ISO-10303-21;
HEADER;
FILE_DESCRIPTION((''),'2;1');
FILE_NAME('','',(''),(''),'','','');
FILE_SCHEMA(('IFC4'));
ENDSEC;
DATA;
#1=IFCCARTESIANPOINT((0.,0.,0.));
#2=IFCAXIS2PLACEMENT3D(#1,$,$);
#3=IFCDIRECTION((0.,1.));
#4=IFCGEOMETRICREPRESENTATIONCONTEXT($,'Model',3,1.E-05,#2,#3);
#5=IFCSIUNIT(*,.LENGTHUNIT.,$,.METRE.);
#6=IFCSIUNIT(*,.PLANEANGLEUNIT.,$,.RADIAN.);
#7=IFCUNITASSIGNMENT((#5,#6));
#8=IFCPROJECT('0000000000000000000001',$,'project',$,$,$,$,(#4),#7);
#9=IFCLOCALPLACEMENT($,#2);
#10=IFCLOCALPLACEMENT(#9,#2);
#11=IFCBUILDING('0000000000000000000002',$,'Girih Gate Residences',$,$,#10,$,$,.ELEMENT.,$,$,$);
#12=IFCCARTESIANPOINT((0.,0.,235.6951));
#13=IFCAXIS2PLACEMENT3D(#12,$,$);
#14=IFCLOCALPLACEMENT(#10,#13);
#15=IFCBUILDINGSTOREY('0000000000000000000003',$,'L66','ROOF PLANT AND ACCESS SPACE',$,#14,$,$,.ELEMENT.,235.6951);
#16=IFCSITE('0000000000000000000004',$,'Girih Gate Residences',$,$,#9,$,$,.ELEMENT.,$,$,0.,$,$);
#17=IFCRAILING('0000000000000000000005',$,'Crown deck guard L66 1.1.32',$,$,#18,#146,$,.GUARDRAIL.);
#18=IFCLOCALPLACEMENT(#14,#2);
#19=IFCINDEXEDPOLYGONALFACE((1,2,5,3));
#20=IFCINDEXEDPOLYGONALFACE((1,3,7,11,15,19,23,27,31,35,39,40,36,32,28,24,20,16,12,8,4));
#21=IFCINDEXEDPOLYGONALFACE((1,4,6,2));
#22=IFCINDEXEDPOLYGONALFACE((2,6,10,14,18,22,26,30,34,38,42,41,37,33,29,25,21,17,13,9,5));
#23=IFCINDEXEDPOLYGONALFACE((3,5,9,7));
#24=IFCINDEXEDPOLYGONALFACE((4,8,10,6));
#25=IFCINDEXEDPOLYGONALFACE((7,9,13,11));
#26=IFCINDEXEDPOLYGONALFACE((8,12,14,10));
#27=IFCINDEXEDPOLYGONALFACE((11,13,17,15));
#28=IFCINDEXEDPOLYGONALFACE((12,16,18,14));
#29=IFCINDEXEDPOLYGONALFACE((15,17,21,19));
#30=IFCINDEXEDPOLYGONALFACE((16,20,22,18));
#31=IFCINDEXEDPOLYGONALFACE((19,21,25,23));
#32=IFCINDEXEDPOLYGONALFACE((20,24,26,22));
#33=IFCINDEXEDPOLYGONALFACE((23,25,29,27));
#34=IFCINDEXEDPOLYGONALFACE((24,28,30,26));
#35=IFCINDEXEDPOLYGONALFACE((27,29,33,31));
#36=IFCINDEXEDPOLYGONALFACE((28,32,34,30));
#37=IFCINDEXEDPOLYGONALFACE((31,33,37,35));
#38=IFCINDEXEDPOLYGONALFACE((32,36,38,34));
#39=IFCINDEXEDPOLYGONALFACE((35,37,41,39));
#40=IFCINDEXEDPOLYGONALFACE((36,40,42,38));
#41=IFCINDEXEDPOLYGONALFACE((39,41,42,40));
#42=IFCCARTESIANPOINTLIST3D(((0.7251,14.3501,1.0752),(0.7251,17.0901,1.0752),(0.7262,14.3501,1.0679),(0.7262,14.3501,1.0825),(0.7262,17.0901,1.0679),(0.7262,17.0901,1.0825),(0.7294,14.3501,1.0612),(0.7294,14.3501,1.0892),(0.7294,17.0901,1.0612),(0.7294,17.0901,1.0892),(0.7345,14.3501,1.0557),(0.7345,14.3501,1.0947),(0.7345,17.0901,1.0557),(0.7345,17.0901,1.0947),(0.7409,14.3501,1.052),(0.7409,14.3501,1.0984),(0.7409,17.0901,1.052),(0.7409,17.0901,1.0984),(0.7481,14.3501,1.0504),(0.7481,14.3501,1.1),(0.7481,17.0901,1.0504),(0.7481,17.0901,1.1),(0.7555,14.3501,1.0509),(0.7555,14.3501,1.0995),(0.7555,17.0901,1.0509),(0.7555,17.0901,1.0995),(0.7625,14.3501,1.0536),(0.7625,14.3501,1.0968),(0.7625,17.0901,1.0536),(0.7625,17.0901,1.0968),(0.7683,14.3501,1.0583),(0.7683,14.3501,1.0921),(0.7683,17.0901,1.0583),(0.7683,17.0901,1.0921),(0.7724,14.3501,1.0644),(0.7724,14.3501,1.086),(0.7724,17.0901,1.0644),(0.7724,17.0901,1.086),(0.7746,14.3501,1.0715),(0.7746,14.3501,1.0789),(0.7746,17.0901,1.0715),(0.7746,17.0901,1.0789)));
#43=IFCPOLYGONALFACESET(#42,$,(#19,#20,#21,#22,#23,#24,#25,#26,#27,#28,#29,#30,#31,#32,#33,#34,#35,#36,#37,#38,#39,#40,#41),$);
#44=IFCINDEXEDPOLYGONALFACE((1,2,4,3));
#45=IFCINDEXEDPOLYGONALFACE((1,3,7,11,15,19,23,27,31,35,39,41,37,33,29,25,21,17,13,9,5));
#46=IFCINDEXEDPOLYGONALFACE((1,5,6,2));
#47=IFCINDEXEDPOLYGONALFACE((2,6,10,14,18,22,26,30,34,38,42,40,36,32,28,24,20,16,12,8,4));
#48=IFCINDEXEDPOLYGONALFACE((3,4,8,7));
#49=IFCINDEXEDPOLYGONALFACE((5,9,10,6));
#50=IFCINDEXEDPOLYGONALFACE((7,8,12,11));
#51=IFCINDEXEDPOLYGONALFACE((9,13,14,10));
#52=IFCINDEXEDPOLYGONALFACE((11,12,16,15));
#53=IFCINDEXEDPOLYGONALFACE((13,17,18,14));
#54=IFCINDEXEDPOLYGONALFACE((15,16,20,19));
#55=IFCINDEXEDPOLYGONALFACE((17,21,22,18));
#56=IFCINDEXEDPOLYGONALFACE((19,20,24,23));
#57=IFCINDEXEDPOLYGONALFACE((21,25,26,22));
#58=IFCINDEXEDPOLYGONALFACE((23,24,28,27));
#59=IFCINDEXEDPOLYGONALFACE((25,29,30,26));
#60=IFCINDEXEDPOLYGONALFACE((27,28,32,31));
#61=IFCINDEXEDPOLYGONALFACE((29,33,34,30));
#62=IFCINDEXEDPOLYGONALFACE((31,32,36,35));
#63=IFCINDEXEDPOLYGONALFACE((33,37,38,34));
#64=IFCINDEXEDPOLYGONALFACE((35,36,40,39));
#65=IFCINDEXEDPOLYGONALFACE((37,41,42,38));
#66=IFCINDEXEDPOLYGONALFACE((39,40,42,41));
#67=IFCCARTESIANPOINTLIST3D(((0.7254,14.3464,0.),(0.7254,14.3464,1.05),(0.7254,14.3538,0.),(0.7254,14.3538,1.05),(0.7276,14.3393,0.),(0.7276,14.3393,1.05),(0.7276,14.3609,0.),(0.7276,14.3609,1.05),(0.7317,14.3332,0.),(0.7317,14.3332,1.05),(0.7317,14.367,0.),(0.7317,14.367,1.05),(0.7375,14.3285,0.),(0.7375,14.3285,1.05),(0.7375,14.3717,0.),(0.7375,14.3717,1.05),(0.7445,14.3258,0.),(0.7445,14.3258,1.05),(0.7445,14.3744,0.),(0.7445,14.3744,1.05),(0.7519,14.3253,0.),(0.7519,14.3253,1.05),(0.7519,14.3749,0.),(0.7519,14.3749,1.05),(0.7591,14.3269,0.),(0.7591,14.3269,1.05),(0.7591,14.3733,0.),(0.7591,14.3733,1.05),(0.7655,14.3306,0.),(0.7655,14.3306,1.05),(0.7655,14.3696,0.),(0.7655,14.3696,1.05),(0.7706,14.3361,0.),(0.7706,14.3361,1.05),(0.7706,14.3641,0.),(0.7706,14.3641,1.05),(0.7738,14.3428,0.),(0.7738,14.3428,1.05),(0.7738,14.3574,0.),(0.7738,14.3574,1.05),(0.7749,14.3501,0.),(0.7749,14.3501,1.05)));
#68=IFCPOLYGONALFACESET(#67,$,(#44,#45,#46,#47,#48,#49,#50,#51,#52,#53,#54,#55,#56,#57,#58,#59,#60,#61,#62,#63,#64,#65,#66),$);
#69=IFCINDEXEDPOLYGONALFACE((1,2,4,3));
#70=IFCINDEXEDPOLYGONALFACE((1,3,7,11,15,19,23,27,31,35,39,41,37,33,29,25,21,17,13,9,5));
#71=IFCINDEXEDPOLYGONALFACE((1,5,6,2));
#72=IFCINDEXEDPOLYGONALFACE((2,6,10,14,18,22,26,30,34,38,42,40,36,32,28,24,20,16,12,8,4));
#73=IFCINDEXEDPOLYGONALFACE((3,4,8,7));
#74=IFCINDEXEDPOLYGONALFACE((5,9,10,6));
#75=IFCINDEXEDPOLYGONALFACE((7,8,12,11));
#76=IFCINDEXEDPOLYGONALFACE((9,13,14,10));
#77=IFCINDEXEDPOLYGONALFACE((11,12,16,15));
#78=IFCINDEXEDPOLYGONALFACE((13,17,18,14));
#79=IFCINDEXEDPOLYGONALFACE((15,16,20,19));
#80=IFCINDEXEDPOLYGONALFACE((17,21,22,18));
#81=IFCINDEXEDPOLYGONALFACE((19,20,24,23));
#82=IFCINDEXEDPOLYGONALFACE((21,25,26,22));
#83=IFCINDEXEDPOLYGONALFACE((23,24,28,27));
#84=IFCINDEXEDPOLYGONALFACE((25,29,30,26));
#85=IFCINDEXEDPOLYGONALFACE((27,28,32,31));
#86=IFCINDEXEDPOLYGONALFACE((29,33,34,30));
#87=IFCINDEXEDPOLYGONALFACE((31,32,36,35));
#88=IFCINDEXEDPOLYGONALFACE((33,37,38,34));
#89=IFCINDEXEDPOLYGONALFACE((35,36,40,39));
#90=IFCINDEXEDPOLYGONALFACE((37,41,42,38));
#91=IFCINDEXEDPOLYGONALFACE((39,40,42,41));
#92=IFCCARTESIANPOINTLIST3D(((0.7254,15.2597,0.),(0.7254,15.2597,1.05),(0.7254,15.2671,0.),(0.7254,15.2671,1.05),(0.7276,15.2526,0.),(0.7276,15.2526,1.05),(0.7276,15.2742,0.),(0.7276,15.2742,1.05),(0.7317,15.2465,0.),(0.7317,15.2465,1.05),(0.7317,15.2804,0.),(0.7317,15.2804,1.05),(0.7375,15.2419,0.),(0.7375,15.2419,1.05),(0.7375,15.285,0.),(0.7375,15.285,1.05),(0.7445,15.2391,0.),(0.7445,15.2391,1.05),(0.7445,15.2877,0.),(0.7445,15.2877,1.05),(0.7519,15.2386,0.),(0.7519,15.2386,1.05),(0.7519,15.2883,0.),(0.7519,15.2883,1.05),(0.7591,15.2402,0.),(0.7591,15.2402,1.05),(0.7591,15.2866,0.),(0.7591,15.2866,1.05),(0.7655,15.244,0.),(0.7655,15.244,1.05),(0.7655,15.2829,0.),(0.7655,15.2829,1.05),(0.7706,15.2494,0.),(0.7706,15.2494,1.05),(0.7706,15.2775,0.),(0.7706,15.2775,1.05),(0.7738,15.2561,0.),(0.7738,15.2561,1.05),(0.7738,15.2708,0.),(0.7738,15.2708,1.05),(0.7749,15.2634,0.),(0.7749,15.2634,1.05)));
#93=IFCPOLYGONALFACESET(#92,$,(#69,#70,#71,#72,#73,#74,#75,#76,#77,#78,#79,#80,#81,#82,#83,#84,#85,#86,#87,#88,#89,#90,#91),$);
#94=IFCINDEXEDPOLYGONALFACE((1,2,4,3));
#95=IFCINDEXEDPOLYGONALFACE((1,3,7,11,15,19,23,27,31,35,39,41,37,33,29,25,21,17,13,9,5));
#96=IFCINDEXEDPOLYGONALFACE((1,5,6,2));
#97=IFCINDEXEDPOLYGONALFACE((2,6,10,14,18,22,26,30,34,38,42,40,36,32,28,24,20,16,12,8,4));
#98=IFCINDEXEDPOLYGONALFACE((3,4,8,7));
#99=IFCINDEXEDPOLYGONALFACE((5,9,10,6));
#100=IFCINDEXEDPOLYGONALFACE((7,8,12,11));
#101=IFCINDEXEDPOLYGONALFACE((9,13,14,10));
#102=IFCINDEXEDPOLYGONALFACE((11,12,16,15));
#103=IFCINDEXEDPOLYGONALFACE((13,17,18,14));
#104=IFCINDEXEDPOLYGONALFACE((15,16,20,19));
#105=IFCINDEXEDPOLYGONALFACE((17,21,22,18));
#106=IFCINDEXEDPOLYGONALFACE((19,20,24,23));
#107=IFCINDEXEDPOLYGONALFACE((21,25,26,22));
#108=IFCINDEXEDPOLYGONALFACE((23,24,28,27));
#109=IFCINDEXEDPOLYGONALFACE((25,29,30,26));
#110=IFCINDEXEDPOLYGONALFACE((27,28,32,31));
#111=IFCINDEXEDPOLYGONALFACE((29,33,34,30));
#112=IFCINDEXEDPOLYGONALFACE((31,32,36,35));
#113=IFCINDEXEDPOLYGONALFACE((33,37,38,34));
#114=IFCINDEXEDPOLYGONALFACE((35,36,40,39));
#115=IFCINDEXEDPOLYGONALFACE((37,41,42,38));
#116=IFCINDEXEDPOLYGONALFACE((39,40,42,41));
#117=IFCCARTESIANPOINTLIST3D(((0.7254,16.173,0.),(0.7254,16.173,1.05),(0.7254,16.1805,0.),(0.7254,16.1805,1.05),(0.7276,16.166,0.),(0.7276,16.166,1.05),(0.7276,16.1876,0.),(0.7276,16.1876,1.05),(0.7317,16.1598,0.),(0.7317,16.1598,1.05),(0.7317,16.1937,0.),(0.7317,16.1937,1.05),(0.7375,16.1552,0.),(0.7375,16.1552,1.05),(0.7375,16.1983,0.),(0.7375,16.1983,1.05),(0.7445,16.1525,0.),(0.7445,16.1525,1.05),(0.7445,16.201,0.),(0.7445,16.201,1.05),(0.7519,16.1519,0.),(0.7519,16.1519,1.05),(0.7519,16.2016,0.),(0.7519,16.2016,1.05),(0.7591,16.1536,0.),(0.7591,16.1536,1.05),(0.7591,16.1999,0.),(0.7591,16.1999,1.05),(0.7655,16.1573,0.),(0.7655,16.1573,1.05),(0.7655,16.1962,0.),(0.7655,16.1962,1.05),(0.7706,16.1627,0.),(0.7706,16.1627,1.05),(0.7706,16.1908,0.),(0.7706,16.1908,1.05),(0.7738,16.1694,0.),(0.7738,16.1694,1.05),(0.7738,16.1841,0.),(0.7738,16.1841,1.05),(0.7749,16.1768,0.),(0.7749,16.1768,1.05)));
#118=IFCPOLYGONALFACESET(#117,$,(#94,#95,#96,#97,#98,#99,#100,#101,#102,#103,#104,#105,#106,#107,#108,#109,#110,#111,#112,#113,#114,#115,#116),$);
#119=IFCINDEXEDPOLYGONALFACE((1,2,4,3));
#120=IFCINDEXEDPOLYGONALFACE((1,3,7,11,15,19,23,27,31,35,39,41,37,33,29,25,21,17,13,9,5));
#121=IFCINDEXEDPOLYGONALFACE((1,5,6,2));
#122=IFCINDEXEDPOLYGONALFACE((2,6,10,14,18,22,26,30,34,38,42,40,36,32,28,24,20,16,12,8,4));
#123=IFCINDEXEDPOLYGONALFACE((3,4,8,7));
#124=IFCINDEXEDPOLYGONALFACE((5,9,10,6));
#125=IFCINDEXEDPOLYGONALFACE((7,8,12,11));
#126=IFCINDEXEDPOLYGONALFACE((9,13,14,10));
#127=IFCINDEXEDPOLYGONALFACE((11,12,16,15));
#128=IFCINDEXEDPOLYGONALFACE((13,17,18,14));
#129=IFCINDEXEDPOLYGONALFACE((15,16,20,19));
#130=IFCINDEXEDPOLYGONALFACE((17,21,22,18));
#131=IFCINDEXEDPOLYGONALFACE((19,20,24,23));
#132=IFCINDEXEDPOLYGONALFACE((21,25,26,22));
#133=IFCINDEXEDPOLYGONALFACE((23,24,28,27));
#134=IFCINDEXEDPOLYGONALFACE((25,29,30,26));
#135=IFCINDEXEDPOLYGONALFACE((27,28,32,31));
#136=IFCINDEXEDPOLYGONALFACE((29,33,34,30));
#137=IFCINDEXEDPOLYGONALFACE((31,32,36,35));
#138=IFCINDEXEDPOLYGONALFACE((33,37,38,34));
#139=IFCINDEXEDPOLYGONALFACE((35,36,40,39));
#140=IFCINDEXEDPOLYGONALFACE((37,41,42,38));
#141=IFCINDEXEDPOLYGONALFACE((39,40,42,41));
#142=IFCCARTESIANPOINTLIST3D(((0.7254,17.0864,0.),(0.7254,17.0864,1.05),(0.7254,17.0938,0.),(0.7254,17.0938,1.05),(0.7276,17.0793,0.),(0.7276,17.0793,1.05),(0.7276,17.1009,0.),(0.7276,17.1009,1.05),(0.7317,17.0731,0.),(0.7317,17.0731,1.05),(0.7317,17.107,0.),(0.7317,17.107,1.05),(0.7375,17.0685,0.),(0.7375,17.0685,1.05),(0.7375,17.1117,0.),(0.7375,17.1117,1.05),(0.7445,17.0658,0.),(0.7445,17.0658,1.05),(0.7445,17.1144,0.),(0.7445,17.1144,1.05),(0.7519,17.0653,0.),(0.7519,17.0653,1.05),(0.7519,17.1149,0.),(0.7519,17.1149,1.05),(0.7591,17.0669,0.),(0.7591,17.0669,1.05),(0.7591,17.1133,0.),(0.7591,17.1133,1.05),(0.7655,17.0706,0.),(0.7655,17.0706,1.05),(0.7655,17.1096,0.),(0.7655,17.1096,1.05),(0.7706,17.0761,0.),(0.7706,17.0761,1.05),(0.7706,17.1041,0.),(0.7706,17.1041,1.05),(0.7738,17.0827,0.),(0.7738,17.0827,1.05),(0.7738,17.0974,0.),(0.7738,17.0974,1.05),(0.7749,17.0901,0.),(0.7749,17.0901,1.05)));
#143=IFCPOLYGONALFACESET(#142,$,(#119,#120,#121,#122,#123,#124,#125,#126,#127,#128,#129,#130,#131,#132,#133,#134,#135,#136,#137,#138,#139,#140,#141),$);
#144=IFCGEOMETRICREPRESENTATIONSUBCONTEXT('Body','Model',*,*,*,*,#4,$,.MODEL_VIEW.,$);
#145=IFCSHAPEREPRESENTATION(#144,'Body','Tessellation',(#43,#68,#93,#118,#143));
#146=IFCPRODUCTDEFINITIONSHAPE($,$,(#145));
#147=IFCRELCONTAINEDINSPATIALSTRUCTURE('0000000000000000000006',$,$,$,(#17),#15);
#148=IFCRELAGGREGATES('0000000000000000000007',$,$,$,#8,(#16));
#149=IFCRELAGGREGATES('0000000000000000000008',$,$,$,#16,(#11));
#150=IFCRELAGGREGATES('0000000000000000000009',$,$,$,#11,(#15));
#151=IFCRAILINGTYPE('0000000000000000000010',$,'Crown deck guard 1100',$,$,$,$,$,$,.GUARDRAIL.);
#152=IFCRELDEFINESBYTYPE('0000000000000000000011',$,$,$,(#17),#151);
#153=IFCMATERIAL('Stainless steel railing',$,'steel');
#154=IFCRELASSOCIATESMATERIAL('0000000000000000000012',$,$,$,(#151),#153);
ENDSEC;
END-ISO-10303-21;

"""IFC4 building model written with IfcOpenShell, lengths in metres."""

from ifc_helpers import new_model, si_unit, direction, frame, origin, origin_2d, place, context, subcontext, project, spatial, circle, extrude, material, type_object, element, save


model = new_model("IFC4")

# Units and contexts
model_context = context("Model", 3, precision=1e-05, world=origin(), true_north=direction((0.0, 1.0)))
body_context = subcontext(model_context, "Body", "Model", "MODEL_VIEW")
ifc_project = project(units=[si_unit("LENGTHUNIT", "METRE"), si_unit("PLANEANGLEUNIT", "RADIAN")], contexts=[model_context])

# Site, building, storey
site_placement = place(None, origin())
site = spatial("IfcSite", under=ifc_project, at=site_placement, Name="Girih Gate Residences", CompositionType="ELEMENT", RefElevation=0.0)
building_placement = place(site_placement, origin())
building = spatial("IfcBuilding", under=site, at=building_placement, Name="Girih Gate Residences", CompositionType="ELEMENT")
storey_placement = place(building_placement, frame((0.0, 0.0, 235.6951)))
storey = spatial("IfcBuildingStorey", under=building, at=storey_placement, Name="L66", Description="ROOF PLANT AND ACCESS SPACE", CompositionType="ELEMENT", Elevation=235.6951)

# Railing
ifc_material_1 = material(Name="Stainless steel railing", Category="steel")
railing_type = type_object("IfcRailingType", Name="Crown deck guard 1100", PredefinedType="GUARDRAIL", material=ifc_material_1)
railing_1_placement = place(storey_placement, frame((0.75, 14.3501, 0.0)))
element("IfcRailing", 1, at=railing_1_placement, inside=storey, type_object=railing_type, Name="Crown deck guard L66 1.1.32", PredefinedType="GUARDRAIL", context=body_context, shape_type="SweptSolid", body=[
    extrude(circle(Radius=0.0249, at=origin_2d()), frame((0.0, 0.0, 1.0752), z_axis=(0.0, 1.0, 0.0), x_axis=(-1.0, 0.0, 0.0)), (0.0, 0.0, 1.0), 2.74),
    extrude(circle(Radius=0.0249, at=origin_2d()), origin(), (0.0, 0.0, 1.0), 1.05),
    extrude(circle(Radius=0.0249, at=origin_2d()), frame((0.0, 0.9133, 0.0)), (0.0, 0.0, 1.0), 1.05),
    extrude(circle(Radius=0.0249, at=origin_2d()), frame((0.0, 1.8267, 0.0)), (0.0, 0.0, 1.0), 1.05),
    extrude(circle(Radius=0.0249, at=origin_2d()), frame((0.0, 2.74, 0.0)), (0.0, 0.0, 1.0), 1.05),
])

save(model, "model.ifc")
